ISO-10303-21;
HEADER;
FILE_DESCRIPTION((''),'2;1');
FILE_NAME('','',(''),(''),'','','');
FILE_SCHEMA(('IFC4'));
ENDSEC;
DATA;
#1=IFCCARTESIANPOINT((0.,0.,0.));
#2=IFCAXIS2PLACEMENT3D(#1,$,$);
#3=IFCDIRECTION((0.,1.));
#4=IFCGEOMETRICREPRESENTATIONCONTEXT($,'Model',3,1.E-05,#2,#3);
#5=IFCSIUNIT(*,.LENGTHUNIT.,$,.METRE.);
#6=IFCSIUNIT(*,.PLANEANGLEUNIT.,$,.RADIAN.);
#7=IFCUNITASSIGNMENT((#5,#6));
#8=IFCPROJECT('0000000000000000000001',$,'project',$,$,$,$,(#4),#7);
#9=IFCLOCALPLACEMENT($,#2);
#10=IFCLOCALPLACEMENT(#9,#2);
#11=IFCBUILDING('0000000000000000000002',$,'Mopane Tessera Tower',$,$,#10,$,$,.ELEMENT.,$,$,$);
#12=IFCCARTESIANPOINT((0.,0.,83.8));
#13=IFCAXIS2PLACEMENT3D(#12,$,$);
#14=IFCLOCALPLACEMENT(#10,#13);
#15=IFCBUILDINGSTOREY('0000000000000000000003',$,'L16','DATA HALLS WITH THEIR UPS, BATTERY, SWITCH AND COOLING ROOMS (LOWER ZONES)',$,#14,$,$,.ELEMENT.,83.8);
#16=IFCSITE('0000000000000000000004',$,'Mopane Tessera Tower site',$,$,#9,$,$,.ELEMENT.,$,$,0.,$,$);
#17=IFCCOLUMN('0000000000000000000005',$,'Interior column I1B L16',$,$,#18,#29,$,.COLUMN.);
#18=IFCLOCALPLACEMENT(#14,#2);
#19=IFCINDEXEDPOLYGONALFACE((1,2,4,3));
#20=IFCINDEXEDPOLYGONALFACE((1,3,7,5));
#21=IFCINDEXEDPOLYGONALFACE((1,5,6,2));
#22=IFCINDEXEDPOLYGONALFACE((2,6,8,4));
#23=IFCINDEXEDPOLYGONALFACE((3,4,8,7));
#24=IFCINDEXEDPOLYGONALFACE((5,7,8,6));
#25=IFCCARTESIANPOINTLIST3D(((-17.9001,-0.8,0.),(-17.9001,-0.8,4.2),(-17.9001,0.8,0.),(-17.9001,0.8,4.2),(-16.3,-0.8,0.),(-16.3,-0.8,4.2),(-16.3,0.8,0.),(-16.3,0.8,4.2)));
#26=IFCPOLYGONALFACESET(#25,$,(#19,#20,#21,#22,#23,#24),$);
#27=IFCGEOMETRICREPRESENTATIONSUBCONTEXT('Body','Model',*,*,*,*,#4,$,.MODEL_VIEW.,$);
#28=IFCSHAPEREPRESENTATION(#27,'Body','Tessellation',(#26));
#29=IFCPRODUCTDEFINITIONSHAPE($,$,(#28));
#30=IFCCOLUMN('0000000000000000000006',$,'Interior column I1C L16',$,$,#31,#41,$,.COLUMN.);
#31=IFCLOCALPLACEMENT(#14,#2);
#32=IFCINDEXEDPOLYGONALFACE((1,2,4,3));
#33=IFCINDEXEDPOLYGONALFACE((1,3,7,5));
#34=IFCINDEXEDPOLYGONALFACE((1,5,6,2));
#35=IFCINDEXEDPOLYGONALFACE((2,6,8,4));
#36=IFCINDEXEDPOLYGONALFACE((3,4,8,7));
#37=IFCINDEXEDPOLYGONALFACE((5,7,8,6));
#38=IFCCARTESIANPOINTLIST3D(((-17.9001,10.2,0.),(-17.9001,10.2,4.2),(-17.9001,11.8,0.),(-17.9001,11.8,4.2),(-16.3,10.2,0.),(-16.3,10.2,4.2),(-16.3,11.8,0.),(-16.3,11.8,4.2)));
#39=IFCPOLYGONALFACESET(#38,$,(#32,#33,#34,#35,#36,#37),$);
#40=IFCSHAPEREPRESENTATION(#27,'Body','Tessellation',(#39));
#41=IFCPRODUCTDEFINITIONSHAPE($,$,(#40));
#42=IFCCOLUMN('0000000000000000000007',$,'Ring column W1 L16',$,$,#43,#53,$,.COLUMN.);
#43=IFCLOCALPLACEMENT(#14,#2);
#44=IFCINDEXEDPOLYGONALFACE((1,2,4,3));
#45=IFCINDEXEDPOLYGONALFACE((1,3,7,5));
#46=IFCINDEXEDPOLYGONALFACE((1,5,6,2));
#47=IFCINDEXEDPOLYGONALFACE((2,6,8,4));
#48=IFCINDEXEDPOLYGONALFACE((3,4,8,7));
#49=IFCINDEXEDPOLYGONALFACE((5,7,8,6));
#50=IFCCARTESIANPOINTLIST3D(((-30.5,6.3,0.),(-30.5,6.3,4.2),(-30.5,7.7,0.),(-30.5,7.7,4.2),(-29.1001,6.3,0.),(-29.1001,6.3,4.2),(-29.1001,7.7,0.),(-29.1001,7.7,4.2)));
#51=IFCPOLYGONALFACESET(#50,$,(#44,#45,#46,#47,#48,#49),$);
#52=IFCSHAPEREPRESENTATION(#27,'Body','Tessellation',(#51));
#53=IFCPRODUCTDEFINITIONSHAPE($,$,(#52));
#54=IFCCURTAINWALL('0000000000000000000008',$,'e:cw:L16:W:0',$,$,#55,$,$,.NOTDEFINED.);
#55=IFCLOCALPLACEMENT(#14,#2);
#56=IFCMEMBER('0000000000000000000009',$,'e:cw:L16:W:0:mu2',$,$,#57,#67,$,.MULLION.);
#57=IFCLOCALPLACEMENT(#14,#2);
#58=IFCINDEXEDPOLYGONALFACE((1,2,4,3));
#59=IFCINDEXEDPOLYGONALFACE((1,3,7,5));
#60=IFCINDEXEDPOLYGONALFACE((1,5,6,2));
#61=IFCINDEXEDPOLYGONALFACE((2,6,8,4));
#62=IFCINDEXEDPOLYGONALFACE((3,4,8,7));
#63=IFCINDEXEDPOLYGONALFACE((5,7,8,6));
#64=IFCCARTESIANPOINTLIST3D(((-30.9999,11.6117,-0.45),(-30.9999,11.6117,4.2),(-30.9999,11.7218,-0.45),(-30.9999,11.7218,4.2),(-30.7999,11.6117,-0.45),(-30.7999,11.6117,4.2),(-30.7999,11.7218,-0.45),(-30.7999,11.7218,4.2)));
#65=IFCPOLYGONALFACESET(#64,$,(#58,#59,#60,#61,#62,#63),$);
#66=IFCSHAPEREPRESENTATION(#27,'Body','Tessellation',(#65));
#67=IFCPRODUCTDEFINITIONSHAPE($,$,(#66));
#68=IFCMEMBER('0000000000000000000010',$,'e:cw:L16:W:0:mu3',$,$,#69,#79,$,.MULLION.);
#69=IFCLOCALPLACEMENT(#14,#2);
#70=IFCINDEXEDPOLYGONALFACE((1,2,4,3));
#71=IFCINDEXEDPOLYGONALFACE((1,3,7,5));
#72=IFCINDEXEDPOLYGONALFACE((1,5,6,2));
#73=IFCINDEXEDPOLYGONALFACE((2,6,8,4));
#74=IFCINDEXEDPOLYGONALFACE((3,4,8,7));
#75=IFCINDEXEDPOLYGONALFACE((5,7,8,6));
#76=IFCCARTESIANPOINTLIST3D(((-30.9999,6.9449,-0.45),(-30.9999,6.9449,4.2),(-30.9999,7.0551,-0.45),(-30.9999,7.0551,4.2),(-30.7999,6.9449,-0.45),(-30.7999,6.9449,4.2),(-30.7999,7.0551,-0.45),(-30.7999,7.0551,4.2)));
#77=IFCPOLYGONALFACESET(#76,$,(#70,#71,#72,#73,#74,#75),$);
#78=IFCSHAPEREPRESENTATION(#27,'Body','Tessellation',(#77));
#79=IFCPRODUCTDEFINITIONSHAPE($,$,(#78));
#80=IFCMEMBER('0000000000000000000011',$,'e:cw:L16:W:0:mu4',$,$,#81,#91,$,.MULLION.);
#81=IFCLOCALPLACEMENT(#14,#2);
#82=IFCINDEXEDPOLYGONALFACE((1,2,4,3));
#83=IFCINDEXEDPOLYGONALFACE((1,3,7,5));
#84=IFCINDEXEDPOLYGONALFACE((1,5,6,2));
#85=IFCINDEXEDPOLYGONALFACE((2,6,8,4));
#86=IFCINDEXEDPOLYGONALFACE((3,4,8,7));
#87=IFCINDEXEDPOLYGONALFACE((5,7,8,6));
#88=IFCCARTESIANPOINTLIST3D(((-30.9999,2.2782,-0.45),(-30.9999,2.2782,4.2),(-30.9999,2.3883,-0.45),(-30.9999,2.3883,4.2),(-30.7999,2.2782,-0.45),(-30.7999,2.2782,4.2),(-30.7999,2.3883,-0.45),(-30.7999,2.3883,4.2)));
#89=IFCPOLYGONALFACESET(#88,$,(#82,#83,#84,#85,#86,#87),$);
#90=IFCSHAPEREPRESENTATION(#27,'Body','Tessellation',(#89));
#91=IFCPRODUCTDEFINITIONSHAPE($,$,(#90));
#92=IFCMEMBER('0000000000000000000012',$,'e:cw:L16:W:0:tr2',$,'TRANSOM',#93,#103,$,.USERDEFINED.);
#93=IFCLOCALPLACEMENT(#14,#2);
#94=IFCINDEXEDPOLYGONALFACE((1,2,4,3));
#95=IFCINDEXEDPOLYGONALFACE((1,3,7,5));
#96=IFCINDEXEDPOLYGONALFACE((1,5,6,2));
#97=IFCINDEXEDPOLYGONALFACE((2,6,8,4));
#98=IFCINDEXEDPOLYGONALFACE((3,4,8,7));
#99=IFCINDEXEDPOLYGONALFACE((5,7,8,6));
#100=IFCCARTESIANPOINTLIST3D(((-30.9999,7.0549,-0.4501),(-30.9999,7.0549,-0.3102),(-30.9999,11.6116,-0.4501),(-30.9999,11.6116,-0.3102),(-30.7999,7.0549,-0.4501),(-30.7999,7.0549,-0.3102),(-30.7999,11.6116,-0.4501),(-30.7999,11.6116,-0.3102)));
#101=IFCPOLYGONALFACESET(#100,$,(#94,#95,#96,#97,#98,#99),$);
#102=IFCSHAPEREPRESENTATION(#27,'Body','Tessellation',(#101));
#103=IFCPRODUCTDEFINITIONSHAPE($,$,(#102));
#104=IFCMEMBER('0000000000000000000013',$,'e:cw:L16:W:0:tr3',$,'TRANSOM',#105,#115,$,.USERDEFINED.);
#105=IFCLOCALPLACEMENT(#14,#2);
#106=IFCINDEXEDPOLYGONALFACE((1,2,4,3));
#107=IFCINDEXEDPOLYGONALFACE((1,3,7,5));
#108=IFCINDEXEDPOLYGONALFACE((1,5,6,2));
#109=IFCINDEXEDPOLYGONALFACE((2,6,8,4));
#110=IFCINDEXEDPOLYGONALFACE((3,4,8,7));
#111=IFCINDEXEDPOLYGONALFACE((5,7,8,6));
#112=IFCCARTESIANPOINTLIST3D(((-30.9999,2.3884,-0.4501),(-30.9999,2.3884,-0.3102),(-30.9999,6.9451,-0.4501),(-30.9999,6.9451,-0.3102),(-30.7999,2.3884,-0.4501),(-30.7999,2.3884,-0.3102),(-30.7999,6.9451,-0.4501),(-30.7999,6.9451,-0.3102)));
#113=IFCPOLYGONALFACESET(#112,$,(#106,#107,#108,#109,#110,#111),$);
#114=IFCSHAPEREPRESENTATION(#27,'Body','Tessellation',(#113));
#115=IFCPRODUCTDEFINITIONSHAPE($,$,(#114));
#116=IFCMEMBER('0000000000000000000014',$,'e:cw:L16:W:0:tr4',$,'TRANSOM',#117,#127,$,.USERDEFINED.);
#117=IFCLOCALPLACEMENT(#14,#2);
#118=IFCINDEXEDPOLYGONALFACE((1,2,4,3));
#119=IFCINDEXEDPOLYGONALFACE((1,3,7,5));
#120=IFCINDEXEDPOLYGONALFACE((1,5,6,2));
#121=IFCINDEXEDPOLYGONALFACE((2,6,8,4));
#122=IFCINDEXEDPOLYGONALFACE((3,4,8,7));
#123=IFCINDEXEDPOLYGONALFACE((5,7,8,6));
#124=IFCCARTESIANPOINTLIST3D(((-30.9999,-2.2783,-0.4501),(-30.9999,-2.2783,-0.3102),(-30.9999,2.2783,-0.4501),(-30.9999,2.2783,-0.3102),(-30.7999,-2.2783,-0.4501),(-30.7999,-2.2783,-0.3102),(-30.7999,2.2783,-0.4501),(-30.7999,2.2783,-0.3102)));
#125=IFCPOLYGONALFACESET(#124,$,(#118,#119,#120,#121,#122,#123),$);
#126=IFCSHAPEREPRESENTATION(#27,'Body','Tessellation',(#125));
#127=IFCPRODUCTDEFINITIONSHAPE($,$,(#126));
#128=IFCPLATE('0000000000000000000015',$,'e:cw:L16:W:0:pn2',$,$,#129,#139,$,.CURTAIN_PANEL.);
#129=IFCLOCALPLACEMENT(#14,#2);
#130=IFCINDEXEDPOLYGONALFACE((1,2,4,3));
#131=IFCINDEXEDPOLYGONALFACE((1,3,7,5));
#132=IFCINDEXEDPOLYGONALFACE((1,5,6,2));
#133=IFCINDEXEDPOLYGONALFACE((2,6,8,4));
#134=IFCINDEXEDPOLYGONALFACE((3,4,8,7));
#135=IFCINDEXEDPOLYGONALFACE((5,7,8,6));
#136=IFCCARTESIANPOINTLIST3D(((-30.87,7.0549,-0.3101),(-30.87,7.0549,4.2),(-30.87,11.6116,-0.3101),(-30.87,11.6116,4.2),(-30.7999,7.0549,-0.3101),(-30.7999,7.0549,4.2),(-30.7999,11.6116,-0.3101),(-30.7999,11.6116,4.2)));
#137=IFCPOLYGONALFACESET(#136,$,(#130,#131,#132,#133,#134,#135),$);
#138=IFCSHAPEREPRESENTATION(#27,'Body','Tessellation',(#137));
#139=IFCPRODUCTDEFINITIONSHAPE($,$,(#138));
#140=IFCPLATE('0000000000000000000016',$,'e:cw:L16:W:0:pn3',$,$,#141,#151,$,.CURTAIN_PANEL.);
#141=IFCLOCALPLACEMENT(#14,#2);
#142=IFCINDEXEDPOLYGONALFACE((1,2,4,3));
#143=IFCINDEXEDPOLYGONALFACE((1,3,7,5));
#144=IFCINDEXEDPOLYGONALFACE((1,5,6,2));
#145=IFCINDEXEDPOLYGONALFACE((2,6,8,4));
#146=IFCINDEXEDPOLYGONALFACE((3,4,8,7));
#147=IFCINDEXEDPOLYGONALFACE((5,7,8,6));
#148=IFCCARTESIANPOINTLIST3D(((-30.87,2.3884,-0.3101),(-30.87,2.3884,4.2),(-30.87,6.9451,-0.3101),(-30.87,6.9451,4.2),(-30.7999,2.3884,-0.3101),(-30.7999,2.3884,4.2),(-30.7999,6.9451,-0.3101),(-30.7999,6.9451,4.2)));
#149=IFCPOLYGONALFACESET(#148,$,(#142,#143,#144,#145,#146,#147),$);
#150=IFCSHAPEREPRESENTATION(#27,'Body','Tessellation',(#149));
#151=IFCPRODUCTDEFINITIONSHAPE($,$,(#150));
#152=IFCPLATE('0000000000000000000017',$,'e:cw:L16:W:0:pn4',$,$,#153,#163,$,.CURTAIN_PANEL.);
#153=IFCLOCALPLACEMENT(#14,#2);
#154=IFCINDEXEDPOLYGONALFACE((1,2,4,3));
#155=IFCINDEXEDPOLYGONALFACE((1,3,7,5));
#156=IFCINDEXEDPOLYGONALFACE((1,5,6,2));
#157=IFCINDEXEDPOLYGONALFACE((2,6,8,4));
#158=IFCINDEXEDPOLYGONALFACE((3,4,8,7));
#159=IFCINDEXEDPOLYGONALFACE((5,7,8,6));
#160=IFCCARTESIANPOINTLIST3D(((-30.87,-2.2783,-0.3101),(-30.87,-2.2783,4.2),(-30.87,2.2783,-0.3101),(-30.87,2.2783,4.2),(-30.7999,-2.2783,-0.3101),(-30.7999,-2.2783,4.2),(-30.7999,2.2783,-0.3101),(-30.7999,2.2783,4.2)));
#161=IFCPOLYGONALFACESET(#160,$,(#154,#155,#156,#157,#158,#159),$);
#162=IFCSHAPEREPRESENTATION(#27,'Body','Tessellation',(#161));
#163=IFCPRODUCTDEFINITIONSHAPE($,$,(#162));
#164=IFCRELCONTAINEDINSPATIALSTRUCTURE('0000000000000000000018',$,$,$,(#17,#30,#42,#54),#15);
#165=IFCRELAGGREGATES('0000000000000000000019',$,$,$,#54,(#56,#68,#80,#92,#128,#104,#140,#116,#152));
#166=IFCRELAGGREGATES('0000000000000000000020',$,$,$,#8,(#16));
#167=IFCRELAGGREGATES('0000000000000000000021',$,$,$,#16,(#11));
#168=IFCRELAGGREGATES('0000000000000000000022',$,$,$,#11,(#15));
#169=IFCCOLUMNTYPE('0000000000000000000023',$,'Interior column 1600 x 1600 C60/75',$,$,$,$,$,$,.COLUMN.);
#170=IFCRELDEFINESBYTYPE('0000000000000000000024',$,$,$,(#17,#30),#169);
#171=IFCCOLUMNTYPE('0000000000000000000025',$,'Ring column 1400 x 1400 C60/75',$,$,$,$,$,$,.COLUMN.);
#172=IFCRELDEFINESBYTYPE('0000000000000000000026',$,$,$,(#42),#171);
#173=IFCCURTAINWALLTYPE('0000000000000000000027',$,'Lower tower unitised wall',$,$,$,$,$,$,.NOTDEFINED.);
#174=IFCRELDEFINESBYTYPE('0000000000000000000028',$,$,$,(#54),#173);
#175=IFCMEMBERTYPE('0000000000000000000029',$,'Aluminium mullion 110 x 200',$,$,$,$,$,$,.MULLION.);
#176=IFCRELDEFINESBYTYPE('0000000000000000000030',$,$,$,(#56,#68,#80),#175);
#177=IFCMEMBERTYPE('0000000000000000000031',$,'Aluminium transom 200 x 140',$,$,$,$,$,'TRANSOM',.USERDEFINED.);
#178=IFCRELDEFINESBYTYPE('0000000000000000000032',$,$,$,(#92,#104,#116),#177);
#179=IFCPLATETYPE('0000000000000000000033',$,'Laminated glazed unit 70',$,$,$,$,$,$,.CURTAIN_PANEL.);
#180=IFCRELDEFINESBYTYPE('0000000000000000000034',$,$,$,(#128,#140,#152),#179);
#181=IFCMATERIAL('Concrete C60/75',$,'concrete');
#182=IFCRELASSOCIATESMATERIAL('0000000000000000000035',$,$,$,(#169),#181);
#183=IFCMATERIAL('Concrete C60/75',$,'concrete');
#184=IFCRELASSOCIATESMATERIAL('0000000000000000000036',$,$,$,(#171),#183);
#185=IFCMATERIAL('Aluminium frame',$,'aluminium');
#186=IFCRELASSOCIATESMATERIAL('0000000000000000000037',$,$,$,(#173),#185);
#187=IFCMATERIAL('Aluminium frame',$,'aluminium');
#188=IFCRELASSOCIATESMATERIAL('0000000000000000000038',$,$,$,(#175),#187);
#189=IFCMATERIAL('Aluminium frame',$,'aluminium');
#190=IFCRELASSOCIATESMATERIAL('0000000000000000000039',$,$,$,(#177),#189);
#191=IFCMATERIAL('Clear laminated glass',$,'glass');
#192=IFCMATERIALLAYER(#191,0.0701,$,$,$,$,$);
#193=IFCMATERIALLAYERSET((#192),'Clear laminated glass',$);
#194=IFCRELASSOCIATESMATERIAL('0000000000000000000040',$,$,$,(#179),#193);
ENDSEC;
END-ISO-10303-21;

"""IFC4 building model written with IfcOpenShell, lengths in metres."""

from ifc_helpers import new_model, si_unit, direction, frame, origin, origin_2d, place, context, subcontext, project, spatial, rectangle, extrude, material, layer, layer_set, material_profile, profile_set, type_object, element, aggregate, save


model = new_model("IFC4")

# Units and contexts
model_context = context("Model", 3, precision=1e-05, world=origin(), true_north=direction((0.0, 1.0)))
body_context = subcontext(model_context, "Body", "Model", "MODEL_VIEW")
ifc_project = project(units=[si_unit("LENGTHUNIT", "METRE"), si_unit("PLANEANGLEUNIT", "RADIAN")], contexts=[model_context])

# Site, building, storey
site_placement = place(None, origin())
site = spatial("IfcSite", under=ifc_project, at=site_placement, Name="Mopane Tessera Tower site", CompositionType="ELEMENT", RefElevation=0.0)
building_placement = place(site_placement, origin())
building = spatial("IfcBuilding", under=site, at=building_placement, Name="Mopane Tessera Tower", CompositionType="ELEMENT")
storey_placement = place(building_placement, frame((0.0, 0.0, 83.8)))
storey = spatial("IfcBuildingStorey", under=building, at=storey_placement, Name="L16", Description="DATA HALLS WITH THEIR UPS, BATTERY, SWITCH AND COOLING ROOMS (LOWER ZONES)", CompositionType="ELEMENT", Elevation=83.8)

# Columns
ifc_material_1 = material(Name="Concrete C60/75", Category="concrete")
ifc_material_profile_1 = material_profile(ifc_material_1, rectangle(XDim=1.6001, YDim=1.6001, at=origin_2d()))
ifc_profile_set_1 = profile_set([ifc_material_profile_1], Name="Concrete C60/75")
column_type_1 = type_object("IfcColumnType", Name="Interior column 1600 x 1600 C60/75", PredefinedType="COLUMN", material=ifc_profile_set_1)
for number, where, z_axis, x_axis, name in (
    (1, (-17.1001, 0.0, 0.0), (0.0, 0.0, 1.0), (1.0, 0.0, 0.0), "Interior column I1B L16"),
    (2, (-17.1001, 11.0, 0.0), (0.0, 0.0, 1.0), (1.0, 0.0, 0.0), "Interior column I1C L16"),
):
    element("IfcColumn", number, at=place(storey_placement, frame(where, z_axis=z_axis, x_axis=x_axis)), inside=storey, type_object=column_type_1, Name=name, PredefinedType="COLUMN", context=body_context, shape_type="SweptSolid", body=[
        extrude(rectangle(XDim=1.6001, YDim=1.6001, at=origin_2d()), origin(), (0.0, 0.0, 1.0), 4.2),
    ])
ifc_material_2 = material(Name="Concrete C60/75", Category="concrete")
ifc_material_profile_2 = material_profile(ifc_material_2, rectangle(XDim=1.3999, YDim=1.3999, at=origin_2d()))
ifc_profile_set_2 = profile_set([ifc_material_profile_2], Name="Concrete C60/75")
column_type_2 = type_object("IfcColumnType", Name="Ring column 1400 x 1400 C60/75", PredefinedType="COLUMN", material=ifc_profile_set_2)
column_placement = place(storey_placement, frame((-29.8, 7.0, 0.0), z_axis=(0.0, 0.0, 1.0), x_axis=(1.0, 0.0, 0.0)))
element("IfcColumn", 3, at=column_placement, inside=storey, type_object=column_type_2, Name="Ring column W1 L16", PredefinedType="COLUMN", context=body_context, shape_type="SweptSolid", body=[
    extrude(rectangle(XDim=1.3999, YDim=1.3999, at=origin_2d()), origin(), (0.0, 0.0, 1.0), 4.2),
])

# Curtain wall, members, plates
ifc_material_3 = material(Name="Aluminium frame", Category="aluminium")
curtain_wall_type = type_object("IfcCurtainWallType", Name="Lower tower unitised wall", PredefinedType="NOTDEFINED", material=ifc_material_3)
curtain_wall_placement = place(storey_placement, origin())
curtain_wall = element("IfcCurtainWall", 4, at=curtain_wall_placement, inside=storey, type_object=curtain_wall_type, Name="e:cw:L16:W:0", PredefinedType="NOTDEFINED")
ifc_material_4 = material(Name="Aluminium frame", Category="aluminium")
ifc_material_profile_3 = material_profile(ifc_material_4, rectangle(XDim=0.1101, YDim=0.2, at=origin_2d()))
ifc_profile_set_3 = profile_set([ifc_material_profile_3], Name="Aluminium frame")
member_type_1 = type_object("IfcMemberType", Name="Aluminium mullion 110 x 200", PredefinedType="MULLION", material=ifc_profile_set_3)
member_1_placement = place(storey_placement, frame((-30.8999, 11.6667, -0.45), z_axis=(0.0, 0.0, 1.0), x_axis=(0.0, -1.0, 0.0)))
member_1 = element("IfcMember", 5, at=member_1_placement, type_object=member_type_1, Name="e:cw:L16:W:0:mu2", PredefinedType="MULLION", context=body_context, shape_type="SweptSolid", body=[
    extrude(rectangle(XDim=0.1101, YDim=0.2, at=origin_2d()), origin(), (0.0, 0.0, 1.0), 4.6499),
])
member_2_placement = place(storey_placement, frame((-30.8999, 7.0, -0.45), z_axis=(0.0, 0.0, 1.0), x_axis=(0.0, -1.0, 0.0)))
member_2 = element("IfcMember", 6, at=member_2_placement, type_object=member_type_1, Name="e:cw:L16:W:0:mu3", PredefinedType="MULLION", context=body_context, shape_type="SweptSolid", body=[
    extrude(rectangle(XDim=0.1101, YDim=0.2, at=origin_2d()), origin(), (0.0, 0.0, 1.0), 4.6499),
])
member_3_placement = place(storey_placement, frame((-30.8999, 2.3333, -0.45), z_axis=(0.0, 0.0, 1.0), x_axis=(0.0, -1.0, 0.0)))
member_3 = element("IfcMember", 7, at=member_3_placement, type_object=member_type_1, Name="e:cw:L16:W:0:mu4", PredefinedType="MULLION", context=body_context, shape_type="SweptSolid", body=[
    extrude(rectangle(XDim=0.1101, YDim=0.2, at=origin_2d()), origin(), (0.0, 0.0, 1.0), 4.6499),
])
ifc_material_5 = material(Name="Aluminium frame", Category="aluminium")
ifc_material_profile_4 = material_profile(ifc_material_5, rectangle(XDim=0.2, YDim=0.1399, at=origin_2d()))
ifc_profile_set_4 = profile_set([ifc_material_profile_4], Name="Aluminium frame")
member_type_2 = type_object("IfcMemberType", Name="Aluminium transom 200 x 140", ElementType="TRANSOM", PredefinedType="USERDEFINED", material=ifc_profile_set_4)
member_4_placement = place(storey_placement, frame((-30.8999, 11.6116, -0.3801), z_axis=(0.0, -1.0, 0.0), x_axis=(1.0, 0.0, 0.0)))
member_4 = element("IfcMember", 8, at=member_4_placement, type_object=member_type_2, Name="e:cw:L16:W:0:tr2", ObjectType="TRANSOM", PredefinedType="USERDEFINED", context=body_context, shape_type="SweptSolid", body=[
    extrude(rectangle(XDim=0.2, YDim=0.1399, at=origin_2d()), origin(), (0.0, 0.0, 1.0), 4.5566),
])
member_5_placement = place(storey_placement, frame((-30.8999, 6.9451, -0.3801), z_axis=(0.0, -1.0, 0.0), x_axis=(1.0, 0.0, 0.0)))
member_5 = element("IfcMember", 9, at=member_5_placement, type_object=member_type_2, Name="e:cw:L16:W:0:tr3", ObjectType="TRANSOM", PredefinedType="USERDEFINED", context=body_context, shape_type="SweptSolid", body=[
    extrude(rectangle(XDim=0.2, YDim=0.1399, at=origin_2d()), origin(), (0.0, 0.0, 1.0), 4.5566),
])
member_6_placement = place(storey_placement, frame((-30.8999, 2.2783, -0.3801), z_axis=(0.0, -1.0, 0.0), x_axis=(1.0, 0.0, 0.0)))
member_6 = element("IfcMember", 10, at=member_6_placement, type_object=member_type_2, Name="e:cw:L16:W:0:tr4", ObjectType="TRANSOM", PredefinedType="USERDEFINED", context=body_context, shape_type="SweptSolid", body=[
    extrude(rectangle(XDim=0.2, YDim=0.1399, at=origin_2d()), origin(), (0.0, 0.0, 1.0), 4.5566),
])
ifc_material_6 = material(Name="Clear laminated glass", Category="glass")
ifc_layer_1 = layer(ifc_material_6, 0.0701)
ifc_layer_set_1 = layer_set([ifc_layer_1], Name="Clear laminated glass")
plate_type = type_object("IfcPlateType", Name="Laminated glazed unit 70", PredefinedType="CURTAIN_PANEL", material=ifc_layer_set_1)
plate_1_placement = place(storey_placement, frame((-30.835, 9.3333, -0.3101), z_axis=(0.0, 0.0, 1.0), x_axis=(0.0, -1.0, 0.0)))
plate_1 = element("IfcPlate", 11, at=plate_1_placement, type_object=plate_type, Name="e:cw:L16:W:0:pn2", PredefinedType="CURTAIN_PANEL", context=body_context, shape_type="SweptSolid", body=[
    extrude(rectangle(XDim=4.5566, YDim=0.0701, at=origin_2d()), origin(), (0.0, 0.0, 1.0), 4.51),
])
plate_2_placement = place(storey_placement, frame((-30.835, 4.6667, -0.3101), z_axis=(0.0, 0.0, 1.0), x_axis=(0.0, -1.0, 0.0)))
plate_2 = element("IfcPlate", 12, at=plate_2_placement, type_object=plate_type, Name="e:cw:L16:W:0:pn3", PredefinedType="CURTAIN_PANEL", context=body_context, shape_type="SweptSolid", body=[
    extrude(rectangle(XDim=4.5566, YDim=0.0701, at=origin_2d()), origin(), (0.0, 0.0, 1.0), 4.51),
])
plate_3_placement = place(storey_placement, frame((-30.835, 0.0, -0.3101), z_axis=(0.0, 0.0, 1.0), x_axis=(0.0, -1.0, 0.0)))
plate_3 = element("IfcPlate", 13, at=plate_3_placement, type_object=plate_type, Name="e:cw:L16:W:0:pn4", PredefinedType="CURTAIN_PANEL", context=body_context, shape_type="SweptSolid", body=[
    extrude(rectangle(XDim=4.5566, YDim=0.0701, at=origin_2d()), origin(), (0.0, 0.0, 1.0), 4.51),
])
aggregate(curtain_wall, [member_1, member_2, member_3, member_4, plate_1, member_5, plate_2, member_6, plate_3])

save(model, "model.ifc")
